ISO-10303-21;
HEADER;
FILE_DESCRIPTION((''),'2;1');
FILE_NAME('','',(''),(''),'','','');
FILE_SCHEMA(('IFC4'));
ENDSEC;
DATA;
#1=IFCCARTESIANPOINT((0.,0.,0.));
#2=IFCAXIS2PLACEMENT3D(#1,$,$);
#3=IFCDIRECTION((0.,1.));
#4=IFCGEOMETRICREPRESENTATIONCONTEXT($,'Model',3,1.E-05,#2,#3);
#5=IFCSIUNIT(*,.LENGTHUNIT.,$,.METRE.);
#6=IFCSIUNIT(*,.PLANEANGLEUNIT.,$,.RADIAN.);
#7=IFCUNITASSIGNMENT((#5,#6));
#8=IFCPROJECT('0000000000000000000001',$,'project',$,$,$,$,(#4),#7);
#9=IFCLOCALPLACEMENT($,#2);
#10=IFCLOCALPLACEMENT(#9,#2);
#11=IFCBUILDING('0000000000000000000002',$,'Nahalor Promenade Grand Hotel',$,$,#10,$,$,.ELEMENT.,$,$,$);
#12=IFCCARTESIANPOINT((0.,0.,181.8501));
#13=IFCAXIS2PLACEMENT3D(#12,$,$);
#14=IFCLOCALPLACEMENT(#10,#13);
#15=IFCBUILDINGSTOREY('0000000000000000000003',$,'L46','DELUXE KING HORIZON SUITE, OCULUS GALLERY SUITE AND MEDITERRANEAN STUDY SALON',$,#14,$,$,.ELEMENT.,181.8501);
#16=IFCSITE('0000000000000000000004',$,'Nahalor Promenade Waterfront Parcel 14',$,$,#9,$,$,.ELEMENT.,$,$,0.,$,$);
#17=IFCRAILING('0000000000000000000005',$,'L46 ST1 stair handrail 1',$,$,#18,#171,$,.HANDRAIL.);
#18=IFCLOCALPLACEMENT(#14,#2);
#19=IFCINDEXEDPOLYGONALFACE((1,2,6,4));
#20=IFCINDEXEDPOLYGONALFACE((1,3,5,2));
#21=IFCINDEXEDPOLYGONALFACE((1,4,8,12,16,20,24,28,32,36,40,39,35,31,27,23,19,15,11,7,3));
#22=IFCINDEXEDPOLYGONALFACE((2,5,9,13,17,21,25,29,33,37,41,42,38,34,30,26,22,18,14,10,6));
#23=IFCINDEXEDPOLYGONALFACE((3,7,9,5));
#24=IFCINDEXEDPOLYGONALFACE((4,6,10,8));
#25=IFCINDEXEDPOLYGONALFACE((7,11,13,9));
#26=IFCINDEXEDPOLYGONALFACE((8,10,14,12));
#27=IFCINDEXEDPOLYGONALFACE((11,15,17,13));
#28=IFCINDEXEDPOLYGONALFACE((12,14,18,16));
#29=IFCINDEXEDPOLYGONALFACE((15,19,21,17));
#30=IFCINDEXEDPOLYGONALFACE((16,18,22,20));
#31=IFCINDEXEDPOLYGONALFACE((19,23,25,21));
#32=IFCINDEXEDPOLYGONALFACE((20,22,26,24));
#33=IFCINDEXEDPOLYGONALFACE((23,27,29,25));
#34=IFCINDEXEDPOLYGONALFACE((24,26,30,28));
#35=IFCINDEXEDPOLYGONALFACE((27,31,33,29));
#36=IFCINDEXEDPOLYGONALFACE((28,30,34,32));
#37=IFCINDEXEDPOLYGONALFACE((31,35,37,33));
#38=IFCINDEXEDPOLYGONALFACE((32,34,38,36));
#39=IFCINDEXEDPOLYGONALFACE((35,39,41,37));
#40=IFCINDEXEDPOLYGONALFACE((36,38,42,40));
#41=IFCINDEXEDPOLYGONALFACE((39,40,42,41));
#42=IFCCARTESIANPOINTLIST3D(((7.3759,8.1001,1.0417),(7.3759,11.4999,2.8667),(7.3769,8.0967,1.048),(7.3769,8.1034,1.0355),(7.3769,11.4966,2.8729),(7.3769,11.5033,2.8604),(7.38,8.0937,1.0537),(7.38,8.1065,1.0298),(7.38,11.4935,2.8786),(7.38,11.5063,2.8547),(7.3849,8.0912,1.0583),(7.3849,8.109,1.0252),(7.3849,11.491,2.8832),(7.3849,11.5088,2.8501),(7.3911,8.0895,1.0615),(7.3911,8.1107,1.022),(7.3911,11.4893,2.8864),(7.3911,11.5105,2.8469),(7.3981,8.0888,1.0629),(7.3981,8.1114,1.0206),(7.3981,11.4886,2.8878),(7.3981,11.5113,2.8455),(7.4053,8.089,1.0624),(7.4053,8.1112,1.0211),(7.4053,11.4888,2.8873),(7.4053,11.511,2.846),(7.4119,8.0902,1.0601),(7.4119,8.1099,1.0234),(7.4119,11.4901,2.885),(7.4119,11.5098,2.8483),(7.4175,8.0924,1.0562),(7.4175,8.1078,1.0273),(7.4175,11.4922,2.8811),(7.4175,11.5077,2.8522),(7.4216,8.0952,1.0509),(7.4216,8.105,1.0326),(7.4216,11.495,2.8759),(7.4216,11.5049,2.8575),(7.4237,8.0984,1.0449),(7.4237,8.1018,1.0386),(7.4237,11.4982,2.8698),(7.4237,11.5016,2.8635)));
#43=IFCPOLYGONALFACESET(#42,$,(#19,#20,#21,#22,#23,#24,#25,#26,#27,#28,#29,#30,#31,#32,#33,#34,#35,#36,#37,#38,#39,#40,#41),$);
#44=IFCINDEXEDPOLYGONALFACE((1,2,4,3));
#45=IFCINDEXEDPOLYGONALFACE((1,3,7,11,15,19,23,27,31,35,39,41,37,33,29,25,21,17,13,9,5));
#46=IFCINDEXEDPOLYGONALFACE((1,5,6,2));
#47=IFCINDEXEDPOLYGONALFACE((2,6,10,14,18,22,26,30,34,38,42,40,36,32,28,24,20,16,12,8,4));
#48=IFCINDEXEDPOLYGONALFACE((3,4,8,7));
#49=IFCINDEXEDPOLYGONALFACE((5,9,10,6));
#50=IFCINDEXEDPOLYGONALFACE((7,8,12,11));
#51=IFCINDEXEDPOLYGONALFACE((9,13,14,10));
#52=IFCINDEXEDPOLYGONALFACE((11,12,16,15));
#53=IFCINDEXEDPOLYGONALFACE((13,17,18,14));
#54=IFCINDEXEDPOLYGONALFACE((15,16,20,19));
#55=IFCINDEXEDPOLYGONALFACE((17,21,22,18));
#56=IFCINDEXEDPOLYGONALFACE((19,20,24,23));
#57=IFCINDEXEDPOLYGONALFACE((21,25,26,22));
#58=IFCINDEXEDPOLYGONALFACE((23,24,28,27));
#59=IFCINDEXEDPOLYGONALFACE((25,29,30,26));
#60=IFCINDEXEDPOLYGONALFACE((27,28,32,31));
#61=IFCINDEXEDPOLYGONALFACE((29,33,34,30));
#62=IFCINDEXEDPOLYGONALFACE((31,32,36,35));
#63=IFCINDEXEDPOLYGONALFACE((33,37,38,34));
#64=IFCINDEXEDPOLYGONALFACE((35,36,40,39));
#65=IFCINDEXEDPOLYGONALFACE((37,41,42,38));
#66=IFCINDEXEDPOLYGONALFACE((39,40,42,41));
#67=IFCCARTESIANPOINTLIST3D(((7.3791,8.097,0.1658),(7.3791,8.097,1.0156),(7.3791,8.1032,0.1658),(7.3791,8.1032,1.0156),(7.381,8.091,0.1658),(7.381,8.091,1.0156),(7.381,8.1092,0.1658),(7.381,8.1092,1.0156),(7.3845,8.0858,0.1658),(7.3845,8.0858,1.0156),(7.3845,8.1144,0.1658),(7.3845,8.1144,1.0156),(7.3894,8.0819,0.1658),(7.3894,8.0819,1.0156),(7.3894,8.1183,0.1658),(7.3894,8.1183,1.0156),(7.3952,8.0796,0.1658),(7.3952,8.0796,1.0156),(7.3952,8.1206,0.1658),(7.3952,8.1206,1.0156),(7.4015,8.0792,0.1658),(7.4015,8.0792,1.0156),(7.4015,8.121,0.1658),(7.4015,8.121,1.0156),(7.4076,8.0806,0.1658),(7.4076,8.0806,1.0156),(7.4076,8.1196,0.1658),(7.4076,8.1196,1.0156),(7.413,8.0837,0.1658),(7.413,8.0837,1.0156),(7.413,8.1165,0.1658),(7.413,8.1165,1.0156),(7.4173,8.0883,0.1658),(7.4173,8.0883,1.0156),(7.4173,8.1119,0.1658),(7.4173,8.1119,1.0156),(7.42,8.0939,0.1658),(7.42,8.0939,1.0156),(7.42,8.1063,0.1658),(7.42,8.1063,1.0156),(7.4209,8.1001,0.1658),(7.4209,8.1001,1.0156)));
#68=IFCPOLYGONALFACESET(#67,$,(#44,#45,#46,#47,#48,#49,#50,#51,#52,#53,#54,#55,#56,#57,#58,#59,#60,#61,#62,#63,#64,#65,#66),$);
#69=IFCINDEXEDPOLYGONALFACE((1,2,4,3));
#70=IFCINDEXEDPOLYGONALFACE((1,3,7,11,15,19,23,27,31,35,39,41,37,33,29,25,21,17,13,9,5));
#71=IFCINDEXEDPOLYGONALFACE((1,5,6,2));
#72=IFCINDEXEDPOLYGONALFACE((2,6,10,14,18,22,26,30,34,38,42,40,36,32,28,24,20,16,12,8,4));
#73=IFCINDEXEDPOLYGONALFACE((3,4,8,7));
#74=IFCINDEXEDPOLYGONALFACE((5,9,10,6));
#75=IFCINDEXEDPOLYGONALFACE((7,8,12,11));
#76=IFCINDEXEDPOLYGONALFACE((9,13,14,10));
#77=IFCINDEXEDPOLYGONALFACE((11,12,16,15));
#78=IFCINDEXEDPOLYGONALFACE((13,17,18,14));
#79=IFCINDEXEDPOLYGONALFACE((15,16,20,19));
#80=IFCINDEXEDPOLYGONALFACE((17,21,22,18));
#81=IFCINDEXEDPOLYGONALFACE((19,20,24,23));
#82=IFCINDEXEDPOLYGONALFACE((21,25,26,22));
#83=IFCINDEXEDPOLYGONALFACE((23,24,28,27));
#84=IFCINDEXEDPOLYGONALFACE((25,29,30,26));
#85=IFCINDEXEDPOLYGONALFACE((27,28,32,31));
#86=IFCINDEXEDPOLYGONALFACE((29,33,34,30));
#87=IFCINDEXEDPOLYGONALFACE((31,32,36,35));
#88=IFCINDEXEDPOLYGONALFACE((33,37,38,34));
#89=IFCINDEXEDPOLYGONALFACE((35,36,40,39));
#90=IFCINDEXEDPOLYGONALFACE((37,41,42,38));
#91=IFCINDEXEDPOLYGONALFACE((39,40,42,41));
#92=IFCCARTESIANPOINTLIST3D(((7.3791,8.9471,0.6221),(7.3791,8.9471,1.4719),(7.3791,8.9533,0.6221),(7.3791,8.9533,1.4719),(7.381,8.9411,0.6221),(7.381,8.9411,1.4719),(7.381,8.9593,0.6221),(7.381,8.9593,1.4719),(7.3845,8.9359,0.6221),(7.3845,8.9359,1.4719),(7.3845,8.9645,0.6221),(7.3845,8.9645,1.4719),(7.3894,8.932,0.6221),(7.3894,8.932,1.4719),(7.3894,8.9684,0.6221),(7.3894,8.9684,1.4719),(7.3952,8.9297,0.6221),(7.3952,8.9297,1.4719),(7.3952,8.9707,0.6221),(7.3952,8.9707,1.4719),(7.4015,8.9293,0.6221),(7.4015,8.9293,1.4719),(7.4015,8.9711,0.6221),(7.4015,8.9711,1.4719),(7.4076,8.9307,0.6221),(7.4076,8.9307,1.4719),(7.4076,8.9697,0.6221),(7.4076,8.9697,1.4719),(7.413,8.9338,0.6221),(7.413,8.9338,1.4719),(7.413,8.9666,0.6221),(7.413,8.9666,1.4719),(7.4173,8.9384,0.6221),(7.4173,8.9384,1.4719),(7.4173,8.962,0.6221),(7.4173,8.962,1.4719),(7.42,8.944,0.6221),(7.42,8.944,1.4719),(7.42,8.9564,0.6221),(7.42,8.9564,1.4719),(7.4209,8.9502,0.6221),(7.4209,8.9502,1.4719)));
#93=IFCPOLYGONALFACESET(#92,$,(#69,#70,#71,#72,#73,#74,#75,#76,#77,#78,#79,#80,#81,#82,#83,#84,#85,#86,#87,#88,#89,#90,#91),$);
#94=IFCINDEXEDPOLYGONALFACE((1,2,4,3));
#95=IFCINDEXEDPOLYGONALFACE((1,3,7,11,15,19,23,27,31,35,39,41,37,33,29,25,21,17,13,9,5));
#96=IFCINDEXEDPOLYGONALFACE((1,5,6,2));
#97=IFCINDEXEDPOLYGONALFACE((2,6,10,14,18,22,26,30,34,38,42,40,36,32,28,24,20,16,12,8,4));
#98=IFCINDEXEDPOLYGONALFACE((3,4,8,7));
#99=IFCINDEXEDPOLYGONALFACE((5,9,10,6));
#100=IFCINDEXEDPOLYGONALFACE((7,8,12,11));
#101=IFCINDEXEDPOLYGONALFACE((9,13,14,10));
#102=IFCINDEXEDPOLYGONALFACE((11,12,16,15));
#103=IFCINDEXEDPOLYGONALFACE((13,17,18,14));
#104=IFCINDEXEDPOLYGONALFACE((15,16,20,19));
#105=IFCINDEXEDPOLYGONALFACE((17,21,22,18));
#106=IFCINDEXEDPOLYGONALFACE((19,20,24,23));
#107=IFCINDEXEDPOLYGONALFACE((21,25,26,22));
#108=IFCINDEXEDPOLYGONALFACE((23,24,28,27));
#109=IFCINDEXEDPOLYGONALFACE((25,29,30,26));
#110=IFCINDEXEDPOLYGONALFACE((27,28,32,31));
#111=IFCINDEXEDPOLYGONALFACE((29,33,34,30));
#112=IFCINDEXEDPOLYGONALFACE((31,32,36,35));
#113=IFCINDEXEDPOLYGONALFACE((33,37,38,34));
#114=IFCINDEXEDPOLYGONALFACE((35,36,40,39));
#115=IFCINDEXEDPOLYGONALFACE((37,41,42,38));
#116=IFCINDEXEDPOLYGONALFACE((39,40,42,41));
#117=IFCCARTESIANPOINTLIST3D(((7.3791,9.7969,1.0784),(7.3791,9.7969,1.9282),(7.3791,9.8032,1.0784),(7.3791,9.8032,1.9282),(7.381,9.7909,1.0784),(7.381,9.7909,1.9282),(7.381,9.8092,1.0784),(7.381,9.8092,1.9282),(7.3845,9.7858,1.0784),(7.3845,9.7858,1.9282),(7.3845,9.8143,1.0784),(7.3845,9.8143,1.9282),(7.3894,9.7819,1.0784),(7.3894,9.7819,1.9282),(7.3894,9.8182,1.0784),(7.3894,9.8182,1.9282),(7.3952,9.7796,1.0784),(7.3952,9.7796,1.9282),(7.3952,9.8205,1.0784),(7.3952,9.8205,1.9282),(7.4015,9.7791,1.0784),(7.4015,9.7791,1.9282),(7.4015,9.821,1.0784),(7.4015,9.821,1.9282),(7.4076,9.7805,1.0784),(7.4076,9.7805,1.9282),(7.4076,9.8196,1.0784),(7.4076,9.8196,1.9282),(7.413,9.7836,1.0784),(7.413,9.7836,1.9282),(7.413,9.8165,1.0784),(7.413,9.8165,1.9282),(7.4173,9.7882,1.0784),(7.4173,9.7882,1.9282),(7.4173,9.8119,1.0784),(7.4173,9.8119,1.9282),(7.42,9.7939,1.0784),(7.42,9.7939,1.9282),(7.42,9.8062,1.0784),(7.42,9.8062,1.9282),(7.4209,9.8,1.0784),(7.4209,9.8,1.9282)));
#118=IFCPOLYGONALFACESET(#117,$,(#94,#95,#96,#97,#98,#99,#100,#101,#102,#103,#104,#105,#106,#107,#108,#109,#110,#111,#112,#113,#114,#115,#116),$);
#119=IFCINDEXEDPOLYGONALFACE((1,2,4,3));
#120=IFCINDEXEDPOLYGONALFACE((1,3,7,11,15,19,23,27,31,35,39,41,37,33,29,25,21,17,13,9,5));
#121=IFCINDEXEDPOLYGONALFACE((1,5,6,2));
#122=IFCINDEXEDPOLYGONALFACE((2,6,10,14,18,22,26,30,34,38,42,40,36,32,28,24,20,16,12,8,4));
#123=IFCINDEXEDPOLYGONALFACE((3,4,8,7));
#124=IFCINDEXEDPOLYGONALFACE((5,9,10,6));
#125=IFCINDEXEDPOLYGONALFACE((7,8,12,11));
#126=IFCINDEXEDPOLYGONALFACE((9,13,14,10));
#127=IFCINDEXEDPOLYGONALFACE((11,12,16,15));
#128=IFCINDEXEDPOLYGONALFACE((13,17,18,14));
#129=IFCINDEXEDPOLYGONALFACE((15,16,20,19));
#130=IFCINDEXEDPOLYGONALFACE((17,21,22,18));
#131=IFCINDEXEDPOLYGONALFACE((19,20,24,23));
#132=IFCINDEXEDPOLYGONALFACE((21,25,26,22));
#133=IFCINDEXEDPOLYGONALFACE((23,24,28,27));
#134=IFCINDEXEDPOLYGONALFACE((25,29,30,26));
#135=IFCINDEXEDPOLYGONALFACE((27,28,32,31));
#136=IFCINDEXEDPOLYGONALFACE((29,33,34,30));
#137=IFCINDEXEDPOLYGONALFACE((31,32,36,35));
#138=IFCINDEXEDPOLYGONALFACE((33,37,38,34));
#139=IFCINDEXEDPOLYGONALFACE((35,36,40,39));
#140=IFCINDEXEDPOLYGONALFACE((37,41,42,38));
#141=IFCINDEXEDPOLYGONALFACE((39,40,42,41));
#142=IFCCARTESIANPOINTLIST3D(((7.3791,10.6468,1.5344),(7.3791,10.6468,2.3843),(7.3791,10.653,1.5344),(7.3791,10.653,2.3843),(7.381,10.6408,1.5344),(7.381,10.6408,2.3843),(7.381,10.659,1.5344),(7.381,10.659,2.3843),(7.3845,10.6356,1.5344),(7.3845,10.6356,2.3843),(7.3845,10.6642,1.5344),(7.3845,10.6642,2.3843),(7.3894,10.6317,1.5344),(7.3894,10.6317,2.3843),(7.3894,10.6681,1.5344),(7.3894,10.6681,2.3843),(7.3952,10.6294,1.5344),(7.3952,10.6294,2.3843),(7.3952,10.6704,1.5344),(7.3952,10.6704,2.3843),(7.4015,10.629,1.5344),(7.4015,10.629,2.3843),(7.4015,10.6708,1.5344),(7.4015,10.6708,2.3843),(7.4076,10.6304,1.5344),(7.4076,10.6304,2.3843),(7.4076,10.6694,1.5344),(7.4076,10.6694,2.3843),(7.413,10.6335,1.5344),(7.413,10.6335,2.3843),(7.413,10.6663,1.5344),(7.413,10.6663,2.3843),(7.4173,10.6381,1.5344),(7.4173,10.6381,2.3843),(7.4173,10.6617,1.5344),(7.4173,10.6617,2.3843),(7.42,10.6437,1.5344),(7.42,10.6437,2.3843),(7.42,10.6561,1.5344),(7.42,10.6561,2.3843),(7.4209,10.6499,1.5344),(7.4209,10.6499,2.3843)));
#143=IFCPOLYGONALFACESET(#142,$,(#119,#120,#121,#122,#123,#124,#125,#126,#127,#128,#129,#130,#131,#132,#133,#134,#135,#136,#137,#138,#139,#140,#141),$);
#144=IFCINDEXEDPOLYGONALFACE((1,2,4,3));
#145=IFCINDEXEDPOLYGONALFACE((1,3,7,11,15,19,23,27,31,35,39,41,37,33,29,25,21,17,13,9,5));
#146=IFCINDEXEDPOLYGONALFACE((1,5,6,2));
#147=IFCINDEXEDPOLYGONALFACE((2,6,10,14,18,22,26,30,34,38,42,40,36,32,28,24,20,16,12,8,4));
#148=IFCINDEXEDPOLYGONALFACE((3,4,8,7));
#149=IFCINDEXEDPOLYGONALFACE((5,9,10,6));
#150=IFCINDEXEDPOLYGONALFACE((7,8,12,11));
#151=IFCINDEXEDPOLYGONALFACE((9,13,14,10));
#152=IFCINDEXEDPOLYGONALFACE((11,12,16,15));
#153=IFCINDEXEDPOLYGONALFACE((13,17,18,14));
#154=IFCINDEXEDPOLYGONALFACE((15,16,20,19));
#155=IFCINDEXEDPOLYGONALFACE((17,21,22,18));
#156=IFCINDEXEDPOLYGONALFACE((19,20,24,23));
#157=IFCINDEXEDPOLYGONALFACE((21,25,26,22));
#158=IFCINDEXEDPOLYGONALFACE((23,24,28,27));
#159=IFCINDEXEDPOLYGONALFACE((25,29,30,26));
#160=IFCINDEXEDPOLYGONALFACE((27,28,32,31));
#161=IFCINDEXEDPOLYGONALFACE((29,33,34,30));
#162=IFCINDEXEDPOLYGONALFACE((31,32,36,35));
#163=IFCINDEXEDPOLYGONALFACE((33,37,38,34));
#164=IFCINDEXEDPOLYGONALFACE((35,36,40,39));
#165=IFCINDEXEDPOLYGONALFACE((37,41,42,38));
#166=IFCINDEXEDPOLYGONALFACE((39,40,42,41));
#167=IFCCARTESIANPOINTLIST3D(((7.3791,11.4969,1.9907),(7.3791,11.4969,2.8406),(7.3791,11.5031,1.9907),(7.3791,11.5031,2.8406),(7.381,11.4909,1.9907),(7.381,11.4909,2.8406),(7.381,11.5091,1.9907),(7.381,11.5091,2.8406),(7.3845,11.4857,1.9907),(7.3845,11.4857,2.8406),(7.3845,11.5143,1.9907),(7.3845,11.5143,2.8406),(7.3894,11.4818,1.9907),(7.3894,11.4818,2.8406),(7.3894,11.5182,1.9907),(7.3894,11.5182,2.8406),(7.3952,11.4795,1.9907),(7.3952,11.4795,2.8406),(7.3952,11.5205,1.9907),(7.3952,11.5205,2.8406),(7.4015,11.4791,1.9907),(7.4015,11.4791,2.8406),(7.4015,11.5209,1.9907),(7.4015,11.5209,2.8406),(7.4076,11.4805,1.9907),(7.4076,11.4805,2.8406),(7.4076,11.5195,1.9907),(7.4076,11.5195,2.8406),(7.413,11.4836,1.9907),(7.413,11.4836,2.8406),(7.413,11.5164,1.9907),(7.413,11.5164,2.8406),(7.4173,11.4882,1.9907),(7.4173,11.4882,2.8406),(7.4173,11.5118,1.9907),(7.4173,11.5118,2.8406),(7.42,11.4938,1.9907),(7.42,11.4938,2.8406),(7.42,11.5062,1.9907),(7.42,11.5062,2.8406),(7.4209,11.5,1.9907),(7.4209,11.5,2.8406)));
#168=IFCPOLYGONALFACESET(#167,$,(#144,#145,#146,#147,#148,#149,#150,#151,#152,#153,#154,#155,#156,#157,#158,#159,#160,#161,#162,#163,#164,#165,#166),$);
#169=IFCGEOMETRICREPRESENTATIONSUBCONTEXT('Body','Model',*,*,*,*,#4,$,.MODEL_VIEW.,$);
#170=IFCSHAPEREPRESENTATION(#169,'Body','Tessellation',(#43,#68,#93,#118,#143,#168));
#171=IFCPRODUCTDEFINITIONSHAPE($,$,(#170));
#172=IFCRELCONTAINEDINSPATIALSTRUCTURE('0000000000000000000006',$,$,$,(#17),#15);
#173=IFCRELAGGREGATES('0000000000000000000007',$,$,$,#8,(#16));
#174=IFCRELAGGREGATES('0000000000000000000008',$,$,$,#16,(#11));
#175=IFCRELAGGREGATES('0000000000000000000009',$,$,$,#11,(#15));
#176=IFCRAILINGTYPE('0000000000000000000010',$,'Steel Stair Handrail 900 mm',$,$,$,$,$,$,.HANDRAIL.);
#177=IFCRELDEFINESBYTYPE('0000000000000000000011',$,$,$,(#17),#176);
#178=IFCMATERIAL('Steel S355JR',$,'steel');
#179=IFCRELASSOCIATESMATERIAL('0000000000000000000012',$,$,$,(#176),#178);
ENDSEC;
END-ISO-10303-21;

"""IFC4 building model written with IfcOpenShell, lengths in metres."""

from ifc_helpers import new_model, si_unit, direction, frame, origin, origin_2d, place, context, subcontext, project, spatial, circle, extrude, material, type_object, element, save


model = new_model("IFC4")

# Units and contexts
model_context = context("Model", 3, precision=1e-05, world=origin(), true_north=direction((0.0, 1.0)))
body_context = subcontext(model_context, "Body", "Model", "MODEL_VIEW")
ifc_project = project(units=[si_unit("LENGTHUNIT", "METRE"), si_unit("PLANEANGLEUNIT", "RADIAN")], contexts=[model_context])

# Site, building, storey
site_placement = place(None, origin())
site = spatial("IfcSite", under=ifc_project, at=site_placement, Name="Nahalor Promenade Waterfront Parcel 14", CompositionType="ELEMENT", RefElevation=0.0)
building_placement = place(site_placement, origin())
building = spatial("IfcBuilding", under=site, at=building_placement, Name="Nahalor Promenade Grand Hotel", CompositionType="ELEMENT")
storey_placement = place(building_placement, frame((0.0, 0.0, 181.8501)))
storey = spatial("IfcBuildingStorey", under=building, at=storey_placement, Name="L46", Description="DELUXE KING HORIZON SUITE, OCULUS GALLERY SUITE AND MEDITERRANEAN STUDY SALON", CompositionType="ELEMENT", Elevation=181.8501)

# Shared definitions
ifc_material_1 = material(Name="Steel S355JR", Category="steel")

# Railing
railing_type_1 = type_object("IfcRailingType", Name="Steel Stair Handrail 900 mm", PredefinedType="HANDRAIL", material=ifc_material_1)
railing_1_placement = place(storey_placement, frame((7.3999, 8.1001, 0.1658)))
element("IfcRailing", 1, at=railing_1_placement, inside=storey, type_object=railing_type_1, Name="L46 ST1 stair handrail 1", PredefinedType="HANDRAIL", context=body_context, shape_type="SweptSolid", body=[
    extrude(circle(Radius=0.024, at=origin_2d()), frame((0.0, 0.0, 0.876), z_axis=(0.0, 0.881094, 0.472941), x_axis=(-1.0, 0.0, 0.0)), (0.0, 0.0, 1.0), 3.8586),
    extrude(circle(Radius=0.021, at=origin_2d()), origin(), (0.0, 0.0, 1.0), 0.8499),
    extrude(circle(Radius=0.021, at=origin_2d()), frame((0.0, 0.8501, 0.4563)), (0.0, 0.0, 1.0), 0.8499),
    extrude(circle(Radius=0.021, at=origin_2d()), frame((0.0, 1.7, 0.9126)), (0.0, 0.0, 1.0), 0.8499),
    extrude(circle(Radius=0.021, at=origin_2d()), frame((0.0, 2.5498, 1.3687)), (0.0, 0.0, 1.0), 0.8499),
    extrude(circle(Radius=0.021, at=origin_2d()), frame((0.0, 3.3999, 1.825)), (0.0, 0.0, 1.0), 0.8499),
])

save(model, "model.ifc")
